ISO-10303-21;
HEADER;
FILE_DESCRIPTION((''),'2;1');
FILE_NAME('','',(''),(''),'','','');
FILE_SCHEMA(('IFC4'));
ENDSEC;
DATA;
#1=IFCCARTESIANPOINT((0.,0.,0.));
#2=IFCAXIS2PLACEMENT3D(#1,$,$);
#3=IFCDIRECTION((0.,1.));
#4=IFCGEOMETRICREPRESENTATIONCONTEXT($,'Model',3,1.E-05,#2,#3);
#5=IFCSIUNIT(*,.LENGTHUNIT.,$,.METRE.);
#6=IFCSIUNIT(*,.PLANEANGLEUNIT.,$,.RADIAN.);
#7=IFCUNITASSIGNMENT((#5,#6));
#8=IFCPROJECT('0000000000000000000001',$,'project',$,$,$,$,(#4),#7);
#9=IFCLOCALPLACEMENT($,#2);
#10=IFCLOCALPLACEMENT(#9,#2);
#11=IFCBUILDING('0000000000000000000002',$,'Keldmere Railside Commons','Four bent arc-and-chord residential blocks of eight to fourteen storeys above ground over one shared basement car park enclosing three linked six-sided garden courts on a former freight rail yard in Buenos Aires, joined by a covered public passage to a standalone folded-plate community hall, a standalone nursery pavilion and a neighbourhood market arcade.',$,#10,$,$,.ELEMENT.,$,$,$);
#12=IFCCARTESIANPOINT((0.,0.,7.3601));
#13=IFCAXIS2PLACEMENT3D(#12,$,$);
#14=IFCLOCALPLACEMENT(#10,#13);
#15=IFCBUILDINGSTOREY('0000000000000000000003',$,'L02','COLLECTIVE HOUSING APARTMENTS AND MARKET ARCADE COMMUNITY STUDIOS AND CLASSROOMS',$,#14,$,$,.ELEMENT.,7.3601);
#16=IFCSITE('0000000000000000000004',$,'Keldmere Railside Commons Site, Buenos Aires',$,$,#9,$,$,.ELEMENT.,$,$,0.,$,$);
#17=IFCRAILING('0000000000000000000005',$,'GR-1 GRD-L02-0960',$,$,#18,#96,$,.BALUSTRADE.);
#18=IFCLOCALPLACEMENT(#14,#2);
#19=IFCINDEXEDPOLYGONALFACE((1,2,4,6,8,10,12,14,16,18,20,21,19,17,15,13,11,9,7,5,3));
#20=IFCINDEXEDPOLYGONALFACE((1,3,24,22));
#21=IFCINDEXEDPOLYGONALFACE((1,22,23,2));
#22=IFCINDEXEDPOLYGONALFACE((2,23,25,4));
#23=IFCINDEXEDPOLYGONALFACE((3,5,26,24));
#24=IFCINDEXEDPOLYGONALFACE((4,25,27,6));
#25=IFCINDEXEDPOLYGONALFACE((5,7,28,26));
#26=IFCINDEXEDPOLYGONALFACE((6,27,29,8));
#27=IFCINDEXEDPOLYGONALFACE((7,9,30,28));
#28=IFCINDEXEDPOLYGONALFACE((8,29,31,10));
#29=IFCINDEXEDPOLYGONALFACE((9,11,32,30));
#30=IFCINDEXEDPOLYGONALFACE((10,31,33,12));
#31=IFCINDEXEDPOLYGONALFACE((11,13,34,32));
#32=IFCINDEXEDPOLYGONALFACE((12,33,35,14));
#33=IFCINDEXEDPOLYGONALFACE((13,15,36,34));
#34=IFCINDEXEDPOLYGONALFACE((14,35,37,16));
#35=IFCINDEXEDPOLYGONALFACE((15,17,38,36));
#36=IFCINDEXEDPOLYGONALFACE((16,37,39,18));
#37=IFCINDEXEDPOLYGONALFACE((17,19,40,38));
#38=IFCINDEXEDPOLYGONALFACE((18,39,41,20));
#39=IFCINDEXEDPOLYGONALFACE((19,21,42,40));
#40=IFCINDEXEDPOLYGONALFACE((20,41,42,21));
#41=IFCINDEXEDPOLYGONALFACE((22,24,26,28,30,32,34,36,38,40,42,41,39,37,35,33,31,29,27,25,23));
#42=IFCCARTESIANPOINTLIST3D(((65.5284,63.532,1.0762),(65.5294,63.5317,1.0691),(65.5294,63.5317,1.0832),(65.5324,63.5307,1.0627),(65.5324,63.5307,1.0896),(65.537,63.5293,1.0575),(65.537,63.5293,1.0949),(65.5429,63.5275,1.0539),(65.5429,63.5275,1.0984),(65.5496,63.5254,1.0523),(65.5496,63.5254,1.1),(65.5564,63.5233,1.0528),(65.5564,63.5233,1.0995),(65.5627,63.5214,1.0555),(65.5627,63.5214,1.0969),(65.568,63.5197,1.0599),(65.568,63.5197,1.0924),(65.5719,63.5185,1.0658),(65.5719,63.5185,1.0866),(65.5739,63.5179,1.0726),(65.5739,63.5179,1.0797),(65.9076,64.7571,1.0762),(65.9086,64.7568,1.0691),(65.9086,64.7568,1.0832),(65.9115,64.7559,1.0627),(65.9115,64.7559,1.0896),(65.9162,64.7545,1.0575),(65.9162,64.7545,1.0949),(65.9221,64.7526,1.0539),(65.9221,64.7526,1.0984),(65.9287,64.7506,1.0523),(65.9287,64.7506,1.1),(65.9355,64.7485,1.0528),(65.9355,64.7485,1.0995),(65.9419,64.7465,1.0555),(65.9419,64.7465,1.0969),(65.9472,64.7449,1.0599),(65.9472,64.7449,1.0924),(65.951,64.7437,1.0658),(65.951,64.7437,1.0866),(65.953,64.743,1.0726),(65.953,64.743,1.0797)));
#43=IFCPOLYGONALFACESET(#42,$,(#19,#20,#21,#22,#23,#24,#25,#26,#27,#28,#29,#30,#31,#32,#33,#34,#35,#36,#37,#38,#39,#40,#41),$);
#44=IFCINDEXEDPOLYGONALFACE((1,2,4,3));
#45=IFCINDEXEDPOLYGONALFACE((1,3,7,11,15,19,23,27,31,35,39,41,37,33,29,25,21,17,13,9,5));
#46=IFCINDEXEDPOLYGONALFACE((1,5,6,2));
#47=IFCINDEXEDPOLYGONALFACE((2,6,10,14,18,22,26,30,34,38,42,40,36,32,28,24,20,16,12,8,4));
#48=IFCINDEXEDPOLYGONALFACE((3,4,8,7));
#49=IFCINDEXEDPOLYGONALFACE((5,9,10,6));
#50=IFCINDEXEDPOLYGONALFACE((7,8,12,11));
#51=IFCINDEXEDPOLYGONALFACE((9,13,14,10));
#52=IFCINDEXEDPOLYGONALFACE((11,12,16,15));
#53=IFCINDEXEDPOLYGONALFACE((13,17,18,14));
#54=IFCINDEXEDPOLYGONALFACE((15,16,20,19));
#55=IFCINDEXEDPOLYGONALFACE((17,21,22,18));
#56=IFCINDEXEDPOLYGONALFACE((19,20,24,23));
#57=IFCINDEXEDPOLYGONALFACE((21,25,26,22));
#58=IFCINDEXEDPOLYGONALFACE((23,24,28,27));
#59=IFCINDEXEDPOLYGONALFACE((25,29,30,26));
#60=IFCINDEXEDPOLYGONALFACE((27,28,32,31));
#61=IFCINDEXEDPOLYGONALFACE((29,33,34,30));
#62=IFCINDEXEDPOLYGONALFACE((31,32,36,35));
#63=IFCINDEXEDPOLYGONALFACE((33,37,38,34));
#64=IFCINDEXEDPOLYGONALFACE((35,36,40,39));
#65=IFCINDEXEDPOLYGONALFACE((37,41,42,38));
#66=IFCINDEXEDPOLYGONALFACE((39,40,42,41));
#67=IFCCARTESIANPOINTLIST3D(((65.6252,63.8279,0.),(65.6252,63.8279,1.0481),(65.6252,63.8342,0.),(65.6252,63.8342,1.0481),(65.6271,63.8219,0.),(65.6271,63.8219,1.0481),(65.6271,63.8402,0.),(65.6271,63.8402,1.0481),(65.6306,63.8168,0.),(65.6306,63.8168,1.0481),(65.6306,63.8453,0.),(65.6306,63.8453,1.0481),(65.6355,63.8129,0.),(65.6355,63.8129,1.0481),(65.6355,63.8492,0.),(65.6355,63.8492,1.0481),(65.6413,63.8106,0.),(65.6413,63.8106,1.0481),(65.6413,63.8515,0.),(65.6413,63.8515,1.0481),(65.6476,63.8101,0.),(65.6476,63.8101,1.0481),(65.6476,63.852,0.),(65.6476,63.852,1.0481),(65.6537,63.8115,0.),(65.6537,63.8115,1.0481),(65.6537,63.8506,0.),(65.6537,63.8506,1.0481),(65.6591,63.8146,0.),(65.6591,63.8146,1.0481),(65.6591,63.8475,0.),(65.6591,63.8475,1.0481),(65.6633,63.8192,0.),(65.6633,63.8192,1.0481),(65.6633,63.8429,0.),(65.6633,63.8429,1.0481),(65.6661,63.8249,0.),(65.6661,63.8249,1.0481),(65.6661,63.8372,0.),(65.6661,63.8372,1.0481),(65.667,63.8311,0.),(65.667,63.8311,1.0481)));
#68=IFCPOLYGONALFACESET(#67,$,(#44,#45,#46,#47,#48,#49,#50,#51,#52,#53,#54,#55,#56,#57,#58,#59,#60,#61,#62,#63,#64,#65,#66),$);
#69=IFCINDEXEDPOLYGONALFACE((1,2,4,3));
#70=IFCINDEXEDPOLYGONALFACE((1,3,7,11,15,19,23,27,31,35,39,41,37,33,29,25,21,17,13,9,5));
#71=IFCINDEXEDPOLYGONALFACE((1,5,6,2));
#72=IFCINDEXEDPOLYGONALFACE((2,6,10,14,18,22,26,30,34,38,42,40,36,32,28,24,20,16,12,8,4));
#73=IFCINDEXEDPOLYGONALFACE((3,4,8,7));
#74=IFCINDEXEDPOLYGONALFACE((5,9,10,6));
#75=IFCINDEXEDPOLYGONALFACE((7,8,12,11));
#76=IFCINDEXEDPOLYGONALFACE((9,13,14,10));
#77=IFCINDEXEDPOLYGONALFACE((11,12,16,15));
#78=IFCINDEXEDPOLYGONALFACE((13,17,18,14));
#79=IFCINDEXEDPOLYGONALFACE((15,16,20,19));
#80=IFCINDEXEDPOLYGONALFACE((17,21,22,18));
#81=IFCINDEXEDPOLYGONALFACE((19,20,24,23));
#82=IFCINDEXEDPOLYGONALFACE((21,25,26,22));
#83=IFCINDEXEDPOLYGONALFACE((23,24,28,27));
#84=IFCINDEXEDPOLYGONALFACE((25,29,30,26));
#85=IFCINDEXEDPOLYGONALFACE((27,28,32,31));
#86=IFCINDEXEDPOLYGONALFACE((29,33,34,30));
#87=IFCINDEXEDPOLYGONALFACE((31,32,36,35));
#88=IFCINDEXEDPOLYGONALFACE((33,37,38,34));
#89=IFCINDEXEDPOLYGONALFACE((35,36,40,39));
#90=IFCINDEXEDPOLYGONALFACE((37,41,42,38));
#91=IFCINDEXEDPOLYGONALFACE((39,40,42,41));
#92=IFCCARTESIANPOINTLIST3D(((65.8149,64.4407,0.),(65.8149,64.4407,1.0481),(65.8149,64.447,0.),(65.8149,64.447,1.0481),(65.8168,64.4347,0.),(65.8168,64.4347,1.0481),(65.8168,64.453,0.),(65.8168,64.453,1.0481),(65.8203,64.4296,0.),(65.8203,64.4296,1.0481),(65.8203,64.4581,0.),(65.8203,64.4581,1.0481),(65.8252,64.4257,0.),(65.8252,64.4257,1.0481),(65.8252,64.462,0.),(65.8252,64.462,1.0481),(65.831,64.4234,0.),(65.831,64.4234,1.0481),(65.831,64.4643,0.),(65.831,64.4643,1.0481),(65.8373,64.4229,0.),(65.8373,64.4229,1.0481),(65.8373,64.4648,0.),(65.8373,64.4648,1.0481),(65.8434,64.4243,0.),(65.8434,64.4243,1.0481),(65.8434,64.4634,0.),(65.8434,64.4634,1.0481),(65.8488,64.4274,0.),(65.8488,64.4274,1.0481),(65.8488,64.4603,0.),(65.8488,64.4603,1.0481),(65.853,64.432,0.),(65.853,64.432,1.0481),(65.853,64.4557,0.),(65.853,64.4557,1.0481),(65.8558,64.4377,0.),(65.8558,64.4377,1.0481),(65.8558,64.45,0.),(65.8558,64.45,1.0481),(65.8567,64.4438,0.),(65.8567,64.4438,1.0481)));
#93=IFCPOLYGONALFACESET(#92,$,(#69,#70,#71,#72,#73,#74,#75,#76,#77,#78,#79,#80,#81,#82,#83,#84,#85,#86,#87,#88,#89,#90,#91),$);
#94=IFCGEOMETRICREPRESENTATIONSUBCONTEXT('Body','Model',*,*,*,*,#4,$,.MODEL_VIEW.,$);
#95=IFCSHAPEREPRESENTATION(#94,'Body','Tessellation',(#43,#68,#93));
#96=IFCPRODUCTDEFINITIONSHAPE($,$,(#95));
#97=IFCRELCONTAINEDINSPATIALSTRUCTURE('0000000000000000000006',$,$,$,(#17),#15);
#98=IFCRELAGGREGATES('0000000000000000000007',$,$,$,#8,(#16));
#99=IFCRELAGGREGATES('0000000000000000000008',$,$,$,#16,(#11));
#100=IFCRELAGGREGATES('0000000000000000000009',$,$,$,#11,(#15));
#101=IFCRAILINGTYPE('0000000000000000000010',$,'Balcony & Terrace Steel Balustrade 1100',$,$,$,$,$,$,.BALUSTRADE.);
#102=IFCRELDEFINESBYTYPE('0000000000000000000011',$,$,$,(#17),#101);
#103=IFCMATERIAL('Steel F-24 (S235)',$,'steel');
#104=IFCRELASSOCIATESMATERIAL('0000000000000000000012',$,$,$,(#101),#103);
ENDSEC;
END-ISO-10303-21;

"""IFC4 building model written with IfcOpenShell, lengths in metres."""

from ifc_helpers import new_model, si_unit, direction, frame, origin, origin_2d, place, context, subcontext, project, spatial, circle, extrude, material, type_object, element, save


model = new_model("IFC4")

# Units and contexts
model_context = context("Model", 3, precision=1e-05, world=origin(), true_north=direction((0.0, 1.0)))
body_context = subcontext(model_context, "Body", "Model", "MODEL_VIEW")
ifc_project = project(units=[si_unit("LENGTHUNIT", "METRE"), si_unit("PLANEANGLEUNIT", "RADIAN")], contexts=[model_context])

# Site, building, storey
site_placement = place(None, origin())
site = spatial("IfcSite", under=ifc_project, at=site_placement, Name="Keldmere Railside Commons Site, Buenos Aires", CompositionType="ELEMENT", RefElevation=0.0)
building_placement = place(site_placement, origin())
building = spatial("IfcBuilding", under=site, at=building_placement, Name="Keldmere Railside Commons", Description="Four bent arc-and-chord residential blocks of eight to fourteen storeys above ground over one shared basement car park enclosing three linked six-sided garden courts on a former freight rail yard in Buenos Aires, joined by a covered public passage to a standalone folded-plate community hall, a standalone nursery pavilion and a neighbourhood market arcade.", CompositionType="ELEMENT")
storey_placement = place(building_placement, frame((0.0, 0.0, 7.3601)))
storey = spatial("IfcBuildingStorey", under=building, at=storey_placement, Name="L02", Description="COLLECTIVE HOUSING APARTMENTS AND MARKET ARCADE COMMUNITY STUDIOS AND CLASSROOMS", CompositionType="ELEMENT", Elevation=7.3601)

# Railing
ifc_material_1 = material(Name="Steel F-24 (S235)", Category="steel")
railing_type = type_object("IfcRailingType", Name="Balcony & Terrace Steel Balustrade 1100", PredefinedType="BALUSTRADE", material=ifc_material_1)
railing_1_placement = place(storey_placement, frame((65.5513, 63.5249, 0.0)))
element("IfcRailing", 1, at=railing_1_placement, inside=storey, type_object=railing_type, Name="GR-1 GRD-L02-0960", PredefinedType="BALUSTRADE", context=body_context, shape_type="SweptSolid", body=[
    extrude(circle(Radius=0.0239, at=origin_2d()), frame((0.0, 0.0, 1.0762), z_axis=(0.295651, 0.955296, 0.0), x_axis=(-0.955296, 0.295651, 0.0)), (0.0, 0.0, 1.0), 1.2825),
    extrude(circle(Radius=0.021, at=origin_2d()), frame((0.0947, 0.3062, 0.0)), (0.0, 0.0, 1.0), 1.0481),
    extrude(circle(Radius=0.021, at=origin_2d()), frame((0.2844, 0.9189, 0.0)), (0.0, 0.0, 1.0), 1.0481),
])

save(model, "model.ifc")
